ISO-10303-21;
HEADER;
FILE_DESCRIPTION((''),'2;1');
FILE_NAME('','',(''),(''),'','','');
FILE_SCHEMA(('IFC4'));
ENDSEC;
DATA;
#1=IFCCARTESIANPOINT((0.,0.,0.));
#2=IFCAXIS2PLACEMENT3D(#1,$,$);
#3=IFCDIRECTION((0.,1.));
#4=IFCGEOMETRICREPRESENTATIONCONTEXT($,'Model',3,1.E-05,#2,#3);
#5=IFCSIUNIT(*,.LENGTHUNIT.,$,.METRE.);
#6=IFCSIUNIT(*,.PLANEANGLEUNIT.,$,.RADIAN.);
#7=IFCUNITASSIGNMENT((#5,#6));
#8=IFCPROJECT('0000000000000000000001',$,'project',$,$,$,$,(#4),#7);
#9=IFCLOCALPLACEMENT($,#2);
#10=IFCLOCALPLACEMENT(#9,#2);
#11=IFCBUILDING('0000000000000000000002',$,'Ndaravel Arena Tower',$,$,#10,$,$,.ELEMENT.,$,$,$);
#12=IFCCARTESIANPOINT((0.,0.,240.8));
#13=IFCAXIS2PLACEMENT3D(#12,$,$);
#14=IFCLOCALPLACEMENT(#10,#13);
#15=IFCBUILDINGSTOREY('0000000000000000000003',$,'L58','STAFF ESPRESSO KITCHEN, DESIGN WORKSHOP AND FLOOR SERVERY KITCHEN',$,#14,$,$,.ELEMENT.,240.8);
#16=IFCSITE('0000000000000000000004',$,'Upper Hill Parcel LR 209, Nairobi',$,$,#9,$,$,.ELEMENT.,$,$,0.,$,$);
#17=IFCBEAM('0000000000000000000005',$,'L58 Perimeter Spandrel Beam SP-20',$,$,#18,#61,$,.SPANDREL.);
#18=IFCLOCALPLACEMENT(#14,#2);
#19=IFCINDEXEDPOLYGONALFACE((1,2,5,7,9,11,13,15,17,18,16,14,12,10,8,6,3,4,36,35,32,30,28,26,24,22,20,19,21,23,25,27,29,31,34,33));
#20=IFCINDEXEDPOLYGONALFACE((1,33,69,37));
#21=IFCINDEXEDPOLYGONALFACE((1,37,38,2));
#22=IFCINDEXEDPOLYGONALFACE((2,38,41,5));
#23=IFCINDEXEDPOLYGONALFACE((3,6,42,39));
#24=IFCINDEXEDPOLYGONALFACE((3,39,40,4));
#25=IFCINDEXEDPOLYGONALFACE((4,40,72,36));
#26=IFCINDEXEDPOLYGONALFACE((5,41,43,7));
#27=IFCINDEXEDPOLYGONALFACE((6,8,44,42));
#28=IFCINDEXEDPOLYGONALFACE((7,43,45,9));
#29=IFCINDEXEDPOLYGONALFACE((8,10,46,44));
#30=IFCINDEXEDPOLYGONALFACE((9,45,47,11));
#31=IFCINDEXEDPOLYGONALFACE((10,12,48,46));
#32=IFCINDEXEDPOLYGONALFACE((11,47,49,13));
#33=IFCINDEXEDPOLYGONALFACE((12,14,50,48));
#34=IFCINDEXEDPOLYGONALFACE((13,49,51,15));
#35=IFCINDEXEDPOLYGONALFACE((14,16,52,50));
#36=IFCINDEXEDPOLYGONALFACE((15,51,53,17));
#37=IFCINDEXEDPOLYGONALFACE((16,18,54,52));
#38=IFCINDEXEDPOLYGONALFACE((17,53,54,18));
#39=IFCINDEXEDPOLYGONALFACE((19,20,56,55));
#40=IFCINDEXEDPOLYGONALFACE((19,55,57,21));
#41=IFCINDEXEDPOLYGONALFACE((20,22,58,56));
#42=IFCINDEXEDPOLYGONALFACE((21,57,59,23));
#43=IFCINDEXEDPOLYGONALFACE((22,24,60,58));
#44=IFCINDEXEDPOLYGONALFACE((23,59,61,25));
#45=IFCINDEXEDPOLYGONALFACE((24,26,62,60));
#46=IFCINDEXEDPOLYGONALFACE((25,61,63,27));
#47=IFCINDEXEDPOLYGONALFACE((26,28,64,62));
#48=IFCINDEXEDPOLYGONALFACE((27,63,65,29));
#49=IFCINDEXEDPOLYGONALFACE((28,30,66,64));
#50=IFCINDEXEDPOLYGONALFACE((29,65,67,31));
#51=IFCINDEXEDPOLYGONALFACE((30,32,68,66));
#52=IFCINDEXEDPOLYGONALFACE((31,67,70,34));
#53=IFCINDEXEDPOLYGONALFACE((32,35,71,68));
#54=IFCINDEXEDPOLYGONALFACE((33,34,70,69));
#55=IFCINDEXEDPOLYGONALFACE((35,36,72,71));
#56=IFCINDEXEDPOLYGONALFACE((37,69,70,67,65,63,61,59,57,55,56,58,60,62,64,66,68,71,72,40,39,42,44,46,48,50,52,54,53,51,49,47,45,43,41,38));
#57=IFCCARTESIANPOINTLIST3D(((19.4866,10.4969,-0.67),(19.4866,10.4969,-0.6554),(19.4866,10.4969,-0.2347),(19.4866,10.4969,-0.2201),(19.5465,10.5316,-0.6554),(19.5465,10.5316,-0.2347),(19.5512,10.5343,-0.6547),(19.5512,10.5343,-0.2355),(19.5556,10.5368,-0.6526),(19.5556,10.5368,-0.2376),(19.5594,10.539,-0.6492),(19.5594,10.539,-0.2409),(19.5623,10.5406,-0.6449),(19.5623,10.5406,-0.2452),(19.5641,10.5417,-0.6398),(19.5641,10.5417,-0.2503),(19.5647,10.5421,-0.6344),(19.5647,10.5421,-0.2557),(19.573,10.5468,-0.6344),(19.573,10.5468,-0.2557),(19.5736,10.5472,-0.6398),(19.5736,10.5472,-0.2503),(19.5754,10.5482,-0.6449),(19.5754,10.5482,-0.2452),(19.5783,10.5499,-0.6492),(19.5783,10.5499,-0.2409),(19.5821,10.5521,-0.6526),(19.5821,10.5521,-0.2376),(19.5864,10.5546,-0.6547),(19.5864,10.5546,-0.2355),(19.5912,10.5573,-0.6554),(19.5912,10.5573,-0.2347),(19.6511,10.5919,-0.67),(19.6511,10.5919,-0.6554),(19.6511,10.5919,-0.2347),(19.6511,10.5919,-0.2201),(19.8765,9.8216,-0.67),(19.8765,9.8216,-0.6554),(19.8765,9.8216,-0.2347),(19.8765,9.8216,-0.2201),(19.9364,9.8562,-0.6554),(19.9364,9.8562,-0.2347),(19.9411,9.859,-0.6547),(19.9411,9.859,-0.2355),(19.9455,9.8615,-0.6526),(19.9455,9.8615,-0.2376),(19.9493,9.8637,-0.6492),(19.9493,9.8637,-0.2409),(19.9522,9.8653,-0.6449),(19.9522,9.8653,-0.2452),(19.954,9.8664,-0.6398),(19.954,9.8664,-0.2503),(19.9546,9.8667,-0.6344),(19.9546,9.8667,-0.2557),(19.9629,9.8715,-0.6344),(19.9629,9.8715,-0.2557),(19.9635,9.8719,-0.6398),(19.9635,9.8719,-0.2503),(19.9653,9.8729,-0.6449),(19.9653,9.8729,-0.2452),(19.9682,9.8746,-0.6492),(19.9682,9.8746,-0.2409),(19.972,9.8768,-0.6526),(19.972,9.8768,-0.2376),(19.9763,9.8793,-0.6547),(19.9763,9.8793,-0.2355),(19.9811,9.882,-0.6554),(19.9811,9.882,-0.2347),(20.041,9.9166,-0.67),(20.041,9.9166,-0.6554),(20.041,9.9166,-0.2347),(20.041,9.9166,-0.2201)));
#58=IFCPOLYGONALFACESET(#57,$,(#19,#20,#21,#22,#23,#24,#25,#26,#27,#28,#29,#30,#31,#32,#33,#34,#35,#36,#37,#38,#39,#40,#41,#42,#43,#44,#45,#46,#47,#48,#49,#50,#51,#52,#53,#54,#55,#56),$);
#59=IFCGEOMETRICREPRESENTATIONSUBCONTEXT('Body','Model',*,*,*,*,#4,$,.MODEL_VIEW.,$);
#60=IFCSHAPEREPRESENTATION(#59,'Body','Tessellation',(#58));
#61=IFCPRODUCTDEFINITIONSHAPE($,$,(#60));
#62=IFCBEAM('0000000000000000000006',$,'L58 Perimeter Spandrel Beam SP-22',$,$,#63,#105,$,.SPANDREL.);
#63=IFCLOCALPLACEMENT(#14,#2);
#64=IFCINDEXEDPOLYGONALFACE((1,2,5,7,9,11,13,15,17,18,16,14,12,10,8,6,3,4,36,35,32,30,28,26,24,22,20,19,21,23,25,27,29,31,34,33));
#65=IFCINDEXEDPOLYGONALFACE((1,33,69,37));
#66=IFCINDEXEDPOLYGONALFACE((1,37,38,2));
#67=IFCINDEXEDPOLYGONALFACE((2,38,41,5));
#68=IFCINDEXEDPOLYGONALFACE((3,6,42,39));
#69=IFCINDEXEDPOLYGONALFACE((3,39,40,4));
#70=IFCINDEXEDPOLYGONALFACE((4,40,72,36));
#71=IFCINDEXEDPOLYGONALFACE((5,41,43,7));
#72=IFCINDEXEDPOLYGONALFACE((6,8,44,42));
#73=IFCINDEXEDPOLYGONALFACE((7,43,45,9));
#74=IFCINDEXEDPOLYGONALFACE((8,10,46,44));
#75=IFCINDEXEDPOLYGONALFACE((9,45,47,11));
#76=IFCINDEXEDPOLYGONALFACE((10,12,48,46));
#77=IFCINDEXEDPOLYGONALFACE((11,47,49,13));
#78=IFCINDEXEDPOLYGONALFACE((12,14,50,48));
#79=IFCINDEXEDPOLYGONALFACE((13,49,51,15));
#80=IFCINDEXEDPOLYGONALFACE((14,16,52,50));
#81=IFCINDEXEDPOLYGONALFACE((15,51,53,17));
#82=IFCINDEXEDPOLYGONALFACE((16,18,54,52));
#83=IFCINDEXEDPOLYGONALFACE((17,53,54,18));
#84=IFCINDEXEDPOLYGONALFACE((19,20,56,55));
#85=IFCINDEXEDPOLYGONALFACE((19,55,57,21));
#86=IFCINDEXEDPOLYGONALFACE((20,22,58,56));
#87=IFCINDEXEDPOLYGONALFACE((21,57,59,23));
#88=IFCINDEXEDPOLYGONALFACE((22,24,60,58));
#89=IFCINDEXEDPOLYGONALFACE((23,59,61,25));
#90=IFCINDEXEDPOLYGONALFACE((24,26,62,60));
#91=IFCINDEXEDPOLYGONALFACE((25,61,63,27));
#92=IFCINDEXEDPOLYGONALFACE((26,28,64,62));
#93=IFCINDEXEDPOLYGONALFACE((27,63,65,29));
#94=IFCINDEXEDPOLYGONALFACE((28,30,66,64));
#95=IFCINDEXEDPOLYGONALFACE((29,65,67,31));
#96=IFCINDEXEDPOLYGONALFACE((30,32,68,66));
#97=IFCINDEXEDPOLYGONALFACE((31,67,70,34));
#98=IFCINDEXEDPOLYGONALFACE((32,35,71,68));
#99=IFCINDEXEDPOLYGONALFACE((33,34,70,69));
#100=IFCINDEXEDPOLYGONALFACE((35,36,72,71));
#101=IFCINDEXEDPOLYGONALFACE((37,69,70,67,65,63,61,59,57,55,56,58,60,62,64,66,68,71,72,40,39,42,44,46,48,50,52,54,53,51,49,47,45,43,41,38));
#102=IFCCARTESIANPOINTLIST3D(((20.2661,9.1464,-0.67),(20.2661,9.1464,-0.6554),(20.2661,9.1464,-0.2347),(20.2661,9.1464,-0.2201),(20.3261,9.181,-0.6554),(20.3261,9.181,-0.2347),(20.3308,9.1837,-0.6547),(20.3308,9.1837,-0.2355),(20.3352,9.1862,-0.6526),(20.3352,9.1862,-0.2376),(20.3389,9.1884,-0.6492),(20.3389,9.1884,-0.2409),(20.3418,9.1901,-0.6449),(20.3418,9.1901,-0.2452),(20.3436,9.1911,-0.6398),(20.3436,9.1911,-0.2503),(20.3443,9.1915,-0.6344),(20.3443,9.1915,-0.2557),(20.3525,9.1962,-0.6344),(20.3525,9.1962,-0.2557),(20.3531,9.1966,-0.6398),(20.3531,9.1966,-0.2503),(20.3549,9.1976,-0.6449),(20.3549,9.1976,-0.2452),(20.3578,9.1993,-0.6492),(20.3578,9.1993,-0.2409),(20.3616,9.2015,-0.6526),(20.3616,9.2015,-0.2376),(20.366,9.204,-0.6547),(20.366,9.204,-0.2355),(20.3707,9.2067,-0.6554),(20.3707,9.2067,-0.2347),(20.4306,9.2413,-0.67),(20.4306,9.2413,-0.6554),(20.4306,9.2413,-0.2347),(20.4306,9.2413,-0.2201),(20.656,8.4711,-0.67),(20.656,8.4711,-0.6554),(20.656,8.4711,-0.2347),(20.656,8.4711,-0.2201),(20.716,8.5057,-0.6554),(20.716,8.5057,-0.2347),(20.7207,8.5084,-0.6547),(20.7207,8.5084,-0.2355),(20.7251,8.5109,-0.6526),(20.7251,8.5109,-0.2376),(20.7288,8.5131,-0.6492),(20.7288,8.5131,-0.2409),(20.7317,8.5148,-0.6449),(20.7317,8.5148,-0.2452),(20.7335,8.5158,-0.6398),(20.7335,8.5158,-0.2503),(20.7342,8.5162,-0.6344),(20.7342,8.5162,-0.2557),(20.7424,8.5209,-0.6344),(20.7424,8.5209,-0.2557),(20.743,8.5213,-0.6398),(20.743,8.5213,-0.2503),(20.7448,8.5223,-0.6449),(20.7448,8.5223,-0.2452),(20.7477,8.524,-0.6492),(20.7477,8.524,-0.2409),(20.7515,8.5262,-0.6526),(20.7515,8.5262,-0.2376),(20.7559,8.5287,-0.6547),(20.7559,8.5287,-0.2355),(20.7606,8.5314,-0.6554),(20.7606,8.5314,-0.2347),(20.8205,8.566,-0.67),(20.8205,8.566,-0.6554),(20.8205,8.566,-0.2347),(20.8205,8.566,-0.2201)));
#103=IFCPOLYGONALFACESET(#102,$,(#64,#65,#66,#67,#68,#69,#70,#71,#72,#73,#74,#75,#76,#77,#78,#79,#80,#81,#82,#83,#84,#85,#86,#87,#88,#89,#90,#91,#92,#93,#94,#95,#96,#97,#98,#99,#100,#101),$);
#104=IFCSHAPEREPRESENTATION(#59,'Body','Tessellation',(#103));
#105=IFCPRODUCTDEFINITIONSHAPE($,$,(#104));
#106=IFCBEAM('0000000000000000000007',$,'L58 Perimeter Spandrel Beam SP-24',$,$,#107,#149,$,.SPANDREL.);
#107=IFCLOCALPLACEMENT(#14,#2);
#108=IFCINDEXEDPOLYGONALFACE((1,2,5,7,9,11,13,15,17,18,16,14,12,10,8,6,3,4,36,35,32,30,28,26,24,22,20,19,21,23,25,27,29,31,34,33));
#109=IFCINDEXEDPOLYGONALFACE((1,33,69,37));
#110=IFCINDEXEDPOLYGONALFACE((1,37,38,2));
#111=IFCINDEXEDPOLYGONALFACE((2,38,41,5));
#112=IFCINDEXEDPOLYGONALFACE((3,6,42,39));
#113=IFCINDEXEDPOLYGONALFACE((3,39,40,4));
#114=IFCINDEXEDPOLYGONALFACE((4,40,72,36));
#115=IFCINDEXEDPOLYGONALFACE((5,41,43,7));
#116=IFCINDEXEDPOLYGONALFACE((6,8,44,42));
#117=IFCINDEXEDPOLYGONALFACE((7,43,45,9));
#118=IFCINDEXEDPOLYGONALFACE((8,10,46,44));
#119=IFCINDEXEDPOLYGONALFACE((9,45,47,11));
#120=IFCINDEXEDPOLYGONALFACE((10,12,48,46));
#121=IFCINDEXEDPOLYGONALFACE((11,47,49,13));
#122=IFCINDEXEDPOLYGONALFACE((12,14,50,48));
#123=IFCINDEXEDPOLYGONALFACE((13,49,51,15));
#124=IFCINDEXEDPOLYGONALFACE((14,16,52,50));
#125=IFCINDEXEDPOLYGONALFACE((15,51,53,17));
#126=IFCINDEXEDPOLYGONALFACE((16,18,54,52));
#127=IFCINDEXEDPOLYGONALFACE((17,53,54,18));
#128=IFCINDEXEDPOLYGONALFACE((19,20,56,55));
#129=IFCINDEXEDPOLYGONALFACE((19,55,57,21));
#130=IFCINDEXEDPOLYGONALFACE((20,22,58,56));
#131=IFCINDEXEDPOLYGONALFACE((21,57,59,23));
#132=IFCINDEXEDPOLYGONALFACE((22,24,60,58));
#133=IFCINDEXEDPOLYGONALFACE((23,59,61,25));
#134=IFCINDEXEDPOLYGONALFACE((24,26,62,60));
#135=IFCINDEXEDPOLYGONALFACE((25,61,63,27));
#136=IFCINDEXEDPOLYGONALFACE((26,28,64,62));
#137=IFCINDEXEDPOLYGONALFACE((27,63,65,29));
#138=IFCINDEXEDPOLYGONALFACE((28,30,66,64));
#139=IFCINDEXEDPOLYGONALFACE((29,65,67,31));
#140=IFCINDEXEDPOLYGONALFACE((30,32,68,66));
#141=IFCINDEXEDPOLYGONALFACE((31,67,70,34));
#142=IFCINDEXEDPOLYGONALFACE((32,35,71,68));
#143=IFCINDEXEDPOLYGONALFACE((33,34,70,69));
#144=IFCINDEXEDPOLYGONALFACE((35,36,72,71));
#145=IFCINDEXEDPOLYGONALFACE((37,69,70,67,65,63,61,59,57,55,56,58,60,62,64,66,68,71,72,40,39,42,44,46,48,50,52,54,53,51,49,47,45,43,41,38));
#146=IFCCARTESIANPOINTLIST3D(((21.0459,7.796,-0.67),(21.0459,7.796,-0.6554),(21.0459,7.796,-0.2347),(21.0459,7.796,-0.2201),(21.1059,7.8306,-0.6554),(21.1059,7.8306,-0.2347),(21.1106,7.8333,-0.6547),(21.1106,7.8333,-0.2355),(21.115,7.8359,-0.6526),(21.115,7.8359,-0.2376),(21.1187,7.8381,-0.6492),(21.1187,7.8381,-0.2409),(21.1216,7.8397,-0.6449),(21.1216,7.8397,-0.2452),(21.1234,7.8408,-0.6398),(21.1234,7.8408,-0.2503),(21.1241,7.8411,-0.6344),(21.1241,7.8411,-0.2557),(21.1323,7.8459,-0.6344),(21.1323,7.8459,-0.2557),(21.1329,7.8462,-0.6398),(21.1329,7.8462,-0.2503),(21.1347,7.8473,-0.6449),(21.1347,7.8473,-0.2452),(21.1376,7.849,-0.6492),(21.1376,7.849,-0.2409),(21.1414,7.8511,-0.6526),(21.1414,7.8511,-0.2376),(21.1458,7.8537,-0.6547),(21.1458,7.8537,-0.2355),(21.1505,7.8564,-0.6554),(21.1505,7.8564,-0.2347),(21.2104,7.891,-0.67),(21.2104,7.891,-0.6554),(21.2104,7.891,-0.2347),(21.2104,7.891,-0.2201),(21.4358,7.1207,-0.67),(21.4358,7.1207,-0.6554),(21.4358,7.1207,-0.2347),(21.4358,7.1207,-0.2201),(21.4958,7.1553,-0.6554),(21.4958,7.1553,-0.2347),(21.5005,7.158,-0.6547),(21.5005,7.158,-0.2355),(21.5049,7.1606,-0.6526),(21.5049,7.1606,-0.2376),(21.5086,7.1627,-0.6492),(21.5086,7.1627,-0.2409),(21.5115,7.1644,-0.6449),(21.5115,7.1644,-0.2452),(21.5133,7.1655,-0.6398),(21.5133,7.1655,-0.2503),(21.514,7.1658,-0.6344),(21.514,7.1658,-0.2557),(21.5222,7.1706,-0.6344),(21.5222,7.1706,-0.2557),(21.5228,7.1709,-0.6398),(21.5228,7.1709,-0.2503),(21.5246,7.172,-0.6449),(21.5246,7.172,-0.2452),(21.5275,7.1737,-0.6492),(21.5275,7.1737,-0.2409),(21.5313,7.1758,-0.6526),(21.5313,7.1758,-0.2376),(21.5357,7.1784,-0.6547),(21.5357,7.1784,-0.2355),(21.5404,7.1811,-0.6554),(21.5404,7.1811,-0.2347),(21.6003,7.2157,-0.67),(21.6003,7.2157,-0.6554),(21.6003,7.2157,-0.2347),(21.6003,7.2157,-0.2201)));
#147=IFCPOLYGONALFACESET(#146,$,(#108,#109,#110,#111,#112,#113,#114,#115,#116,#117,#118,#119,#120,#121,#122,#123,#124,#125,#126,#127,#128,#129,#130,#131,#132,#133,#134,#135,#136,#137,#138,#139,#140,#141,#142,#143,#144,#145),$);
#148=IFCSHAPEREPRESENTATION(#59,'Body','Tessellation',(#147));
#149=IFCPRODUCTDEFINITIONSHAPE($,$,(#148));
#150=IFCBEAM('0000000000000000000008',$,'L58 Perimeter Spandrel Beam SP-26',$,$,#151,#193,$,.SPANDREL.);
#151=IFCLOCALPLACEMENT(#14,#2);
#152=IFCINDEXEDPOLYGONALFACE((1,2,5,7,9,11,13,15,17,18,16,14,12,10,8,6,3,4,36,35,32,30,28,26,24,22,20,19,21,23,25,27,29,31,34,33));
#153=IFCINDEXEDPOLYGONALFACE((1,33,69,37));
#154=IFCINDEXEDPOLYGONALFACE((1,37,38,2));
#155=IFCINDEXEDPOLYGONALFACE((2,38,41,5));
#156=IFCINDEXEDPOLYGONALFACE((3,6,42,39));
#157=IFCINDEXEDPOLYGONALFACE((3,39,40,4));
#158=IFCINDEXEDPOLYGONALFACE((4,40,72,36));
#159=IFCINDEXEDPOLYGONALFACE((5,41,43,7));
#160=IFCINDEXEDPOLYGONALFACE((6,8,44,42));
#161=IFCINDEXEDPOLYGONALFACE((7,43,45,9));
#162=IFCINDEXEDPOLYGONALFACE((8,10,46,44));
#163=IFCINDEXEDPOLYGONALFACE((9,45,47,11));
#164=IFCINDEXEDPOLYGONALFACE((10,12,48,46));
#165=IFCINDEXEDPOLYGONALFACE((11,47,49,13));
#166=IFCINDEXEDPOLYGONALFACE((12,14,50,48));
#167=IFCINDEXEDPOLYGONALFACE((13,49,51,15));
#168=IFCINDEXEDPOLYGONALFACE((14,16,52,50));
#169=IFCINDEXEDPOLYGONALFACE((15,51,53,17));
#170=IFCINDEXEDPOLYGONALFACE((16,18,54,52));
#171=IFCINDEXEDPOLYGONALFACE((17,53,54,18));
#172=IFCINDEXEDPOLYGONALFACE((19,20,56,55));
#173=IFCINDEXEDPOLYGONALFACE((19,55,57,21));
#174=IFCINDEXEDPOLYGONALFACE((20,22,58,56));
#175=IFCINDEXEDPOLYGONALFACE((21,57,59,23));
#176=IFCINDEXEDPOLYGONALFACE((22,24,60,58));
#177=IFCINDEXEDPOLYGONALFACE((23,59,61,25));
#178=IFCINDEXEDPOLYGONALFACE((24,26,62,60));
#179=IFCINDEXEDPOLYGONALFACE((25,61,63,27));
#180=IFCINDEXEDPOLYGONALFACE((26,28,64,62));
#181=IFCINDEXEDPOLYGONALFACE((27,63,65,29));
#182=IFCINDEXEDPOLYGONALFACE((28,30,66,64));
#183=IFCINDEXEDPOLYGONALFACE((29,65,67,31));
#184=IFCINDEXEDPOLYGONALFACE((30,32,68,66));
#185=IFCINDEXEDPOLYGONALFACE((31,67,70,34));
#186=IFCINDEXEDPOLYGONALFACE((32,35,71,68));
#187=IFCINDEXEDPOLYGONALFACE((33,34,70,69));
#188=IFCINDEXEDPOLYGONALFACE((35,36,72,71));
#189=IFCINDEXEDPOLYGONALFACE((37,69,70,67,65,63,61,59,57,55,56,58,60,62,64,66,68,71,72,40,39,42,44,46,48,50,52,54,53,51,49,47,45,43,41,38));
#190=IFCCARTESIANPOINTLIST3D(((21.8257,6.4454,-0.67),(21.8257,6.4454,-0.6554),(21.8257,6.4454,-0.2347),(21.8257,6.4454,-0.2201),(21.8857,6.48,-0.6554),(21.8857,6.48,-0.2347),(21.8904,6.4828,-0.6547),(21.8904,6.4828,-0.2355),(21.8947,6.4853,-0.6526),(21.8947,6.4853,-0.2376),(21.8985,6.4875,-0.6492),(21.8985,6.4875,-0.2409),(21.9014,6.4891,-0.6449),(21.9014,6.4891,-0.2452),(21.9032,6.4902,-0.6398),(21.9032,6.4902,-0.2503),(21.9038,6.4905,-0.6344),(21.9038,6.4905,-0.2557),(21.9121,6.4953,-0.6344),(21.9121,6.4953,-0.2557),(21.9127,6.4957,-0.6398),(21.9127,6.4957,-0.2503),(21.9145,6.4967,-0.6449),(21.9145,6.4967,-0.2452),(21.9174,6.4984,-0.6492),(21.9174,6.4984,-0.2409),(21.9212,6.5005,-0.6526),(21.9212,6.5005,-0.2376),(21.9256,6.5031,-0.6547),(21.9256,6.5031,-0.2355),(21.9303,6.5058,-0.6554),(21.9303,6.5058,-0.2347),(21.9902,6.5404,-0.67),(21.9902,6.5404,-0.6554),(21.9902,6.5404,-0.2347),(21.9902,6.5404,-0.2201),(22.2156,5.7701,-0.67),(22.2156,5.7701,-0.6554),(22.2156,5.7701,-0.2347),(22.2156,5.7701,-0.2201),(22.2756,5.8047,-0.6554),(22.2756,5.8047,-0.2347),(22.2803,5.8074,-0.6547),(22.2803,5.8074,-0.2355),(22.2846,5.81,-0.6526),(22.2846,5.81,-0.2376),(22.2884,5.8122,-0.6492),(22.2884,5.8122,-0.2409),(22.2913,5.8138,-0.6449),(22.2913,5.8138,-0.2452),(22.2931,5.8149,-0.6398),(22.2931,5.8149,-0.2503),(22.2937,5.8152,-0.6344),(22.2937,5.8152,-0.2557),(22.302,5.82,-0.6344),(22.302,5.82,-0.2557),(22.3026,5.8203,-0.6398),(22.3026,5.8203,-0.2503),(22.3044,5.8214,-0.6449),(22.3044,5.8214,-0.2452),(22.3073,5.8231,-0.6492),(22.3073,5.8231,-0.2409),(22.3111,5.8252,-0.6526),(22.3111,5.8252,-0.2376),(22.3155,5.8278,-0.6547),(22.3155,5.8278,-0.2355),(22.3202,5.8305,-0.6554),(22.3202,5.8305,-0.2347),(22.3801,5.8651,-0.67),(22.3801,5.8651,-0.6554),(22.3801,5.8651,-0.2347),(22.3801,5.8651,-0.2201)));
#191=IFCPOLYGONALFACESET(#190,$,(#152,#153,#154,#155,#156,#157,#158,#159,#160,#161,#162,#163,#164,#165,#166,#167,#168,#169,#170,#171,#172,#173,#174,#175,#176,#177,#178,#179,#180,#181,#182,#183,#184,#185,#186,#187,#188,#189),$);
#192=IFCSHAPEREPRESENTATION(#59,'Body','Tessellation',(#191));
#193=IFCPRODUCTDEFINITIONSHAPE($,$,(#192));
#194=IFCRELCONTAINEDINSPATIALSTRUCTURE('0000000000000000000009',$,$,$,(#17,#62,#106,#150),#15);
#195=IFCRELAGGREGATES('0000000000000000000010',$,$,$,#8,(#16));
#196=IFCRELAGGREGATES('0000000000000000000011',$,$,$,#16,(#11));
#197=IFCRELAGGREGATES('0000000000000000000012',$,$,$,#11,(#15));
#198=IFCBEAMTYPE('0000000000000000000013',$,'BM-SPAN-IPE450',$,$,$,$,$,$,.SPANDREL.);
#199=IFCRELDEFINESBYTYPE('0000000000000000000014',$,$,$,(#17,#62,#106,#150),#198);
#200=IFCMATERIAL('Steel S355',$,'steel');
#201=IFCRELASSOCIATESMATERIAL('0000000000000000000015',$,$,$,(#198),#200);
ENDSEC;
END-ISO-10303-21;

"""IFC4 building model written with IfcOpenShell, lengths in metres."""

from ifc_helpers import new_model, si_unit, direction, frame, origin, origin_2d, place, context, subcontext, project, spatial, i_section, extrude, material, material_profile, profile_set, type_object, element, save


model = new_model("IFC4")

# Units and contexts
model_context = context("Model", 3, precision=1e-05, world=origin(), true_north=direction((0.0, 1.0)))
body_context = subcontext(model_context, "Body", "Model", "MODEL_VIEW")
ifc_project = project(units=[si_unit("LENGTHUNIT", "METRE"), si_unit("PLANEANGLEUNIT", "RADIAN")], contexts=[model_context])

# Site, building, storey
site_placement = place(None, origin())
site = spatial("IfcSite", under=ifc_project, at=site_placement, Name="Upper Hill Parcel LR 209, Nairobi", CompositionType="ELEMENT", RefElevation=0.0)
building_placement = place(site_placement, origin())
building = spatial("IfcBuilding", under=site, at=building_placement, Name="Ndaravel Arena Tower", CompositionType="ELEMENT")
storey_placement = place(building_placement, frame((0.0, 0.0, 240.8)))
storey = spatial("IfcBuildingStorey", under=building, at=storey_placement, Name="L58", Description="STAFF ESPRESSO KITCHEN, DESIGN WORKSHOP AND FLOOR SERVERY KITCHEN", CompositionType="ELEMENT", Elevation=240.8)

# Beams
ifc_material_1 = material(Name="Steel S355", Category="steel")
ifc_material_profile_1 = material_profile(ifc_material_1, i_section(OverallWidth=0.1899, OverallDepth=0.45, WebThickness=0.0095, FlangeThickness=0.0146, FilletRadius=0.021, at=origin_2d()), Name="IPE 450")
ifc_profile_set_1 = profile_set([ifc_material_profile_1], Name="Steel S355")
beam_type = type_object("IfcBeamType", Name="BM-SPAN-IPE450", PredefinedType="SPANDREL", material=ifc_profile_set_1)
for number, where, z_axis, x_axis, name in (
    (1, (19.5688, 10.5444, -0.4451), (0.500012, -0.866019, 0.0), (0.866019, 0.500012, 0.0), "L58 Perimeter Spandrel Beam SP-20"),
    (2, (20.3484, 9.1938, -0.4451), (0.500012, -0.866019, 0.0), (0.866019, 0.500012, 0.0), "L58 Perimeter Spandrel Beam SP-22"),
    (3, (21.1282, 7.8435, -0.4451), (0.500012, -0.866019, 0.0), (0.866019, 0.500012, 0.0), "L58 Perimeter Spandrel Beam SP-24"),
    (4, (21.908, 6.4929, -0.4451), (0.500012, -0.866019, 0.0), (0.866019, 0.500012, 0.0), "L58 Perimeter Spandrel Beam SP-26"),
):
    element("IfcBeam", number, at=place(storey_placement, frame(where, z_axis=z_axis, x_axis=x_axis)), inside=storey, type_object=beam_type, Name=name, PredefinedType="SPANDREL", context=body_context, shape_type="SweptSolid", body=[
        extrude(i_section(OverallWidth=0.1899, OverallDepth=0.45, WebThickness=0.0095, FlangeThickness=0.0146, FilletRadius=0.021, at=origin_2d()), origin(), (0.0, 0.0, 1.0), 0.7798),
    ])

save(model, "model.ifc")
